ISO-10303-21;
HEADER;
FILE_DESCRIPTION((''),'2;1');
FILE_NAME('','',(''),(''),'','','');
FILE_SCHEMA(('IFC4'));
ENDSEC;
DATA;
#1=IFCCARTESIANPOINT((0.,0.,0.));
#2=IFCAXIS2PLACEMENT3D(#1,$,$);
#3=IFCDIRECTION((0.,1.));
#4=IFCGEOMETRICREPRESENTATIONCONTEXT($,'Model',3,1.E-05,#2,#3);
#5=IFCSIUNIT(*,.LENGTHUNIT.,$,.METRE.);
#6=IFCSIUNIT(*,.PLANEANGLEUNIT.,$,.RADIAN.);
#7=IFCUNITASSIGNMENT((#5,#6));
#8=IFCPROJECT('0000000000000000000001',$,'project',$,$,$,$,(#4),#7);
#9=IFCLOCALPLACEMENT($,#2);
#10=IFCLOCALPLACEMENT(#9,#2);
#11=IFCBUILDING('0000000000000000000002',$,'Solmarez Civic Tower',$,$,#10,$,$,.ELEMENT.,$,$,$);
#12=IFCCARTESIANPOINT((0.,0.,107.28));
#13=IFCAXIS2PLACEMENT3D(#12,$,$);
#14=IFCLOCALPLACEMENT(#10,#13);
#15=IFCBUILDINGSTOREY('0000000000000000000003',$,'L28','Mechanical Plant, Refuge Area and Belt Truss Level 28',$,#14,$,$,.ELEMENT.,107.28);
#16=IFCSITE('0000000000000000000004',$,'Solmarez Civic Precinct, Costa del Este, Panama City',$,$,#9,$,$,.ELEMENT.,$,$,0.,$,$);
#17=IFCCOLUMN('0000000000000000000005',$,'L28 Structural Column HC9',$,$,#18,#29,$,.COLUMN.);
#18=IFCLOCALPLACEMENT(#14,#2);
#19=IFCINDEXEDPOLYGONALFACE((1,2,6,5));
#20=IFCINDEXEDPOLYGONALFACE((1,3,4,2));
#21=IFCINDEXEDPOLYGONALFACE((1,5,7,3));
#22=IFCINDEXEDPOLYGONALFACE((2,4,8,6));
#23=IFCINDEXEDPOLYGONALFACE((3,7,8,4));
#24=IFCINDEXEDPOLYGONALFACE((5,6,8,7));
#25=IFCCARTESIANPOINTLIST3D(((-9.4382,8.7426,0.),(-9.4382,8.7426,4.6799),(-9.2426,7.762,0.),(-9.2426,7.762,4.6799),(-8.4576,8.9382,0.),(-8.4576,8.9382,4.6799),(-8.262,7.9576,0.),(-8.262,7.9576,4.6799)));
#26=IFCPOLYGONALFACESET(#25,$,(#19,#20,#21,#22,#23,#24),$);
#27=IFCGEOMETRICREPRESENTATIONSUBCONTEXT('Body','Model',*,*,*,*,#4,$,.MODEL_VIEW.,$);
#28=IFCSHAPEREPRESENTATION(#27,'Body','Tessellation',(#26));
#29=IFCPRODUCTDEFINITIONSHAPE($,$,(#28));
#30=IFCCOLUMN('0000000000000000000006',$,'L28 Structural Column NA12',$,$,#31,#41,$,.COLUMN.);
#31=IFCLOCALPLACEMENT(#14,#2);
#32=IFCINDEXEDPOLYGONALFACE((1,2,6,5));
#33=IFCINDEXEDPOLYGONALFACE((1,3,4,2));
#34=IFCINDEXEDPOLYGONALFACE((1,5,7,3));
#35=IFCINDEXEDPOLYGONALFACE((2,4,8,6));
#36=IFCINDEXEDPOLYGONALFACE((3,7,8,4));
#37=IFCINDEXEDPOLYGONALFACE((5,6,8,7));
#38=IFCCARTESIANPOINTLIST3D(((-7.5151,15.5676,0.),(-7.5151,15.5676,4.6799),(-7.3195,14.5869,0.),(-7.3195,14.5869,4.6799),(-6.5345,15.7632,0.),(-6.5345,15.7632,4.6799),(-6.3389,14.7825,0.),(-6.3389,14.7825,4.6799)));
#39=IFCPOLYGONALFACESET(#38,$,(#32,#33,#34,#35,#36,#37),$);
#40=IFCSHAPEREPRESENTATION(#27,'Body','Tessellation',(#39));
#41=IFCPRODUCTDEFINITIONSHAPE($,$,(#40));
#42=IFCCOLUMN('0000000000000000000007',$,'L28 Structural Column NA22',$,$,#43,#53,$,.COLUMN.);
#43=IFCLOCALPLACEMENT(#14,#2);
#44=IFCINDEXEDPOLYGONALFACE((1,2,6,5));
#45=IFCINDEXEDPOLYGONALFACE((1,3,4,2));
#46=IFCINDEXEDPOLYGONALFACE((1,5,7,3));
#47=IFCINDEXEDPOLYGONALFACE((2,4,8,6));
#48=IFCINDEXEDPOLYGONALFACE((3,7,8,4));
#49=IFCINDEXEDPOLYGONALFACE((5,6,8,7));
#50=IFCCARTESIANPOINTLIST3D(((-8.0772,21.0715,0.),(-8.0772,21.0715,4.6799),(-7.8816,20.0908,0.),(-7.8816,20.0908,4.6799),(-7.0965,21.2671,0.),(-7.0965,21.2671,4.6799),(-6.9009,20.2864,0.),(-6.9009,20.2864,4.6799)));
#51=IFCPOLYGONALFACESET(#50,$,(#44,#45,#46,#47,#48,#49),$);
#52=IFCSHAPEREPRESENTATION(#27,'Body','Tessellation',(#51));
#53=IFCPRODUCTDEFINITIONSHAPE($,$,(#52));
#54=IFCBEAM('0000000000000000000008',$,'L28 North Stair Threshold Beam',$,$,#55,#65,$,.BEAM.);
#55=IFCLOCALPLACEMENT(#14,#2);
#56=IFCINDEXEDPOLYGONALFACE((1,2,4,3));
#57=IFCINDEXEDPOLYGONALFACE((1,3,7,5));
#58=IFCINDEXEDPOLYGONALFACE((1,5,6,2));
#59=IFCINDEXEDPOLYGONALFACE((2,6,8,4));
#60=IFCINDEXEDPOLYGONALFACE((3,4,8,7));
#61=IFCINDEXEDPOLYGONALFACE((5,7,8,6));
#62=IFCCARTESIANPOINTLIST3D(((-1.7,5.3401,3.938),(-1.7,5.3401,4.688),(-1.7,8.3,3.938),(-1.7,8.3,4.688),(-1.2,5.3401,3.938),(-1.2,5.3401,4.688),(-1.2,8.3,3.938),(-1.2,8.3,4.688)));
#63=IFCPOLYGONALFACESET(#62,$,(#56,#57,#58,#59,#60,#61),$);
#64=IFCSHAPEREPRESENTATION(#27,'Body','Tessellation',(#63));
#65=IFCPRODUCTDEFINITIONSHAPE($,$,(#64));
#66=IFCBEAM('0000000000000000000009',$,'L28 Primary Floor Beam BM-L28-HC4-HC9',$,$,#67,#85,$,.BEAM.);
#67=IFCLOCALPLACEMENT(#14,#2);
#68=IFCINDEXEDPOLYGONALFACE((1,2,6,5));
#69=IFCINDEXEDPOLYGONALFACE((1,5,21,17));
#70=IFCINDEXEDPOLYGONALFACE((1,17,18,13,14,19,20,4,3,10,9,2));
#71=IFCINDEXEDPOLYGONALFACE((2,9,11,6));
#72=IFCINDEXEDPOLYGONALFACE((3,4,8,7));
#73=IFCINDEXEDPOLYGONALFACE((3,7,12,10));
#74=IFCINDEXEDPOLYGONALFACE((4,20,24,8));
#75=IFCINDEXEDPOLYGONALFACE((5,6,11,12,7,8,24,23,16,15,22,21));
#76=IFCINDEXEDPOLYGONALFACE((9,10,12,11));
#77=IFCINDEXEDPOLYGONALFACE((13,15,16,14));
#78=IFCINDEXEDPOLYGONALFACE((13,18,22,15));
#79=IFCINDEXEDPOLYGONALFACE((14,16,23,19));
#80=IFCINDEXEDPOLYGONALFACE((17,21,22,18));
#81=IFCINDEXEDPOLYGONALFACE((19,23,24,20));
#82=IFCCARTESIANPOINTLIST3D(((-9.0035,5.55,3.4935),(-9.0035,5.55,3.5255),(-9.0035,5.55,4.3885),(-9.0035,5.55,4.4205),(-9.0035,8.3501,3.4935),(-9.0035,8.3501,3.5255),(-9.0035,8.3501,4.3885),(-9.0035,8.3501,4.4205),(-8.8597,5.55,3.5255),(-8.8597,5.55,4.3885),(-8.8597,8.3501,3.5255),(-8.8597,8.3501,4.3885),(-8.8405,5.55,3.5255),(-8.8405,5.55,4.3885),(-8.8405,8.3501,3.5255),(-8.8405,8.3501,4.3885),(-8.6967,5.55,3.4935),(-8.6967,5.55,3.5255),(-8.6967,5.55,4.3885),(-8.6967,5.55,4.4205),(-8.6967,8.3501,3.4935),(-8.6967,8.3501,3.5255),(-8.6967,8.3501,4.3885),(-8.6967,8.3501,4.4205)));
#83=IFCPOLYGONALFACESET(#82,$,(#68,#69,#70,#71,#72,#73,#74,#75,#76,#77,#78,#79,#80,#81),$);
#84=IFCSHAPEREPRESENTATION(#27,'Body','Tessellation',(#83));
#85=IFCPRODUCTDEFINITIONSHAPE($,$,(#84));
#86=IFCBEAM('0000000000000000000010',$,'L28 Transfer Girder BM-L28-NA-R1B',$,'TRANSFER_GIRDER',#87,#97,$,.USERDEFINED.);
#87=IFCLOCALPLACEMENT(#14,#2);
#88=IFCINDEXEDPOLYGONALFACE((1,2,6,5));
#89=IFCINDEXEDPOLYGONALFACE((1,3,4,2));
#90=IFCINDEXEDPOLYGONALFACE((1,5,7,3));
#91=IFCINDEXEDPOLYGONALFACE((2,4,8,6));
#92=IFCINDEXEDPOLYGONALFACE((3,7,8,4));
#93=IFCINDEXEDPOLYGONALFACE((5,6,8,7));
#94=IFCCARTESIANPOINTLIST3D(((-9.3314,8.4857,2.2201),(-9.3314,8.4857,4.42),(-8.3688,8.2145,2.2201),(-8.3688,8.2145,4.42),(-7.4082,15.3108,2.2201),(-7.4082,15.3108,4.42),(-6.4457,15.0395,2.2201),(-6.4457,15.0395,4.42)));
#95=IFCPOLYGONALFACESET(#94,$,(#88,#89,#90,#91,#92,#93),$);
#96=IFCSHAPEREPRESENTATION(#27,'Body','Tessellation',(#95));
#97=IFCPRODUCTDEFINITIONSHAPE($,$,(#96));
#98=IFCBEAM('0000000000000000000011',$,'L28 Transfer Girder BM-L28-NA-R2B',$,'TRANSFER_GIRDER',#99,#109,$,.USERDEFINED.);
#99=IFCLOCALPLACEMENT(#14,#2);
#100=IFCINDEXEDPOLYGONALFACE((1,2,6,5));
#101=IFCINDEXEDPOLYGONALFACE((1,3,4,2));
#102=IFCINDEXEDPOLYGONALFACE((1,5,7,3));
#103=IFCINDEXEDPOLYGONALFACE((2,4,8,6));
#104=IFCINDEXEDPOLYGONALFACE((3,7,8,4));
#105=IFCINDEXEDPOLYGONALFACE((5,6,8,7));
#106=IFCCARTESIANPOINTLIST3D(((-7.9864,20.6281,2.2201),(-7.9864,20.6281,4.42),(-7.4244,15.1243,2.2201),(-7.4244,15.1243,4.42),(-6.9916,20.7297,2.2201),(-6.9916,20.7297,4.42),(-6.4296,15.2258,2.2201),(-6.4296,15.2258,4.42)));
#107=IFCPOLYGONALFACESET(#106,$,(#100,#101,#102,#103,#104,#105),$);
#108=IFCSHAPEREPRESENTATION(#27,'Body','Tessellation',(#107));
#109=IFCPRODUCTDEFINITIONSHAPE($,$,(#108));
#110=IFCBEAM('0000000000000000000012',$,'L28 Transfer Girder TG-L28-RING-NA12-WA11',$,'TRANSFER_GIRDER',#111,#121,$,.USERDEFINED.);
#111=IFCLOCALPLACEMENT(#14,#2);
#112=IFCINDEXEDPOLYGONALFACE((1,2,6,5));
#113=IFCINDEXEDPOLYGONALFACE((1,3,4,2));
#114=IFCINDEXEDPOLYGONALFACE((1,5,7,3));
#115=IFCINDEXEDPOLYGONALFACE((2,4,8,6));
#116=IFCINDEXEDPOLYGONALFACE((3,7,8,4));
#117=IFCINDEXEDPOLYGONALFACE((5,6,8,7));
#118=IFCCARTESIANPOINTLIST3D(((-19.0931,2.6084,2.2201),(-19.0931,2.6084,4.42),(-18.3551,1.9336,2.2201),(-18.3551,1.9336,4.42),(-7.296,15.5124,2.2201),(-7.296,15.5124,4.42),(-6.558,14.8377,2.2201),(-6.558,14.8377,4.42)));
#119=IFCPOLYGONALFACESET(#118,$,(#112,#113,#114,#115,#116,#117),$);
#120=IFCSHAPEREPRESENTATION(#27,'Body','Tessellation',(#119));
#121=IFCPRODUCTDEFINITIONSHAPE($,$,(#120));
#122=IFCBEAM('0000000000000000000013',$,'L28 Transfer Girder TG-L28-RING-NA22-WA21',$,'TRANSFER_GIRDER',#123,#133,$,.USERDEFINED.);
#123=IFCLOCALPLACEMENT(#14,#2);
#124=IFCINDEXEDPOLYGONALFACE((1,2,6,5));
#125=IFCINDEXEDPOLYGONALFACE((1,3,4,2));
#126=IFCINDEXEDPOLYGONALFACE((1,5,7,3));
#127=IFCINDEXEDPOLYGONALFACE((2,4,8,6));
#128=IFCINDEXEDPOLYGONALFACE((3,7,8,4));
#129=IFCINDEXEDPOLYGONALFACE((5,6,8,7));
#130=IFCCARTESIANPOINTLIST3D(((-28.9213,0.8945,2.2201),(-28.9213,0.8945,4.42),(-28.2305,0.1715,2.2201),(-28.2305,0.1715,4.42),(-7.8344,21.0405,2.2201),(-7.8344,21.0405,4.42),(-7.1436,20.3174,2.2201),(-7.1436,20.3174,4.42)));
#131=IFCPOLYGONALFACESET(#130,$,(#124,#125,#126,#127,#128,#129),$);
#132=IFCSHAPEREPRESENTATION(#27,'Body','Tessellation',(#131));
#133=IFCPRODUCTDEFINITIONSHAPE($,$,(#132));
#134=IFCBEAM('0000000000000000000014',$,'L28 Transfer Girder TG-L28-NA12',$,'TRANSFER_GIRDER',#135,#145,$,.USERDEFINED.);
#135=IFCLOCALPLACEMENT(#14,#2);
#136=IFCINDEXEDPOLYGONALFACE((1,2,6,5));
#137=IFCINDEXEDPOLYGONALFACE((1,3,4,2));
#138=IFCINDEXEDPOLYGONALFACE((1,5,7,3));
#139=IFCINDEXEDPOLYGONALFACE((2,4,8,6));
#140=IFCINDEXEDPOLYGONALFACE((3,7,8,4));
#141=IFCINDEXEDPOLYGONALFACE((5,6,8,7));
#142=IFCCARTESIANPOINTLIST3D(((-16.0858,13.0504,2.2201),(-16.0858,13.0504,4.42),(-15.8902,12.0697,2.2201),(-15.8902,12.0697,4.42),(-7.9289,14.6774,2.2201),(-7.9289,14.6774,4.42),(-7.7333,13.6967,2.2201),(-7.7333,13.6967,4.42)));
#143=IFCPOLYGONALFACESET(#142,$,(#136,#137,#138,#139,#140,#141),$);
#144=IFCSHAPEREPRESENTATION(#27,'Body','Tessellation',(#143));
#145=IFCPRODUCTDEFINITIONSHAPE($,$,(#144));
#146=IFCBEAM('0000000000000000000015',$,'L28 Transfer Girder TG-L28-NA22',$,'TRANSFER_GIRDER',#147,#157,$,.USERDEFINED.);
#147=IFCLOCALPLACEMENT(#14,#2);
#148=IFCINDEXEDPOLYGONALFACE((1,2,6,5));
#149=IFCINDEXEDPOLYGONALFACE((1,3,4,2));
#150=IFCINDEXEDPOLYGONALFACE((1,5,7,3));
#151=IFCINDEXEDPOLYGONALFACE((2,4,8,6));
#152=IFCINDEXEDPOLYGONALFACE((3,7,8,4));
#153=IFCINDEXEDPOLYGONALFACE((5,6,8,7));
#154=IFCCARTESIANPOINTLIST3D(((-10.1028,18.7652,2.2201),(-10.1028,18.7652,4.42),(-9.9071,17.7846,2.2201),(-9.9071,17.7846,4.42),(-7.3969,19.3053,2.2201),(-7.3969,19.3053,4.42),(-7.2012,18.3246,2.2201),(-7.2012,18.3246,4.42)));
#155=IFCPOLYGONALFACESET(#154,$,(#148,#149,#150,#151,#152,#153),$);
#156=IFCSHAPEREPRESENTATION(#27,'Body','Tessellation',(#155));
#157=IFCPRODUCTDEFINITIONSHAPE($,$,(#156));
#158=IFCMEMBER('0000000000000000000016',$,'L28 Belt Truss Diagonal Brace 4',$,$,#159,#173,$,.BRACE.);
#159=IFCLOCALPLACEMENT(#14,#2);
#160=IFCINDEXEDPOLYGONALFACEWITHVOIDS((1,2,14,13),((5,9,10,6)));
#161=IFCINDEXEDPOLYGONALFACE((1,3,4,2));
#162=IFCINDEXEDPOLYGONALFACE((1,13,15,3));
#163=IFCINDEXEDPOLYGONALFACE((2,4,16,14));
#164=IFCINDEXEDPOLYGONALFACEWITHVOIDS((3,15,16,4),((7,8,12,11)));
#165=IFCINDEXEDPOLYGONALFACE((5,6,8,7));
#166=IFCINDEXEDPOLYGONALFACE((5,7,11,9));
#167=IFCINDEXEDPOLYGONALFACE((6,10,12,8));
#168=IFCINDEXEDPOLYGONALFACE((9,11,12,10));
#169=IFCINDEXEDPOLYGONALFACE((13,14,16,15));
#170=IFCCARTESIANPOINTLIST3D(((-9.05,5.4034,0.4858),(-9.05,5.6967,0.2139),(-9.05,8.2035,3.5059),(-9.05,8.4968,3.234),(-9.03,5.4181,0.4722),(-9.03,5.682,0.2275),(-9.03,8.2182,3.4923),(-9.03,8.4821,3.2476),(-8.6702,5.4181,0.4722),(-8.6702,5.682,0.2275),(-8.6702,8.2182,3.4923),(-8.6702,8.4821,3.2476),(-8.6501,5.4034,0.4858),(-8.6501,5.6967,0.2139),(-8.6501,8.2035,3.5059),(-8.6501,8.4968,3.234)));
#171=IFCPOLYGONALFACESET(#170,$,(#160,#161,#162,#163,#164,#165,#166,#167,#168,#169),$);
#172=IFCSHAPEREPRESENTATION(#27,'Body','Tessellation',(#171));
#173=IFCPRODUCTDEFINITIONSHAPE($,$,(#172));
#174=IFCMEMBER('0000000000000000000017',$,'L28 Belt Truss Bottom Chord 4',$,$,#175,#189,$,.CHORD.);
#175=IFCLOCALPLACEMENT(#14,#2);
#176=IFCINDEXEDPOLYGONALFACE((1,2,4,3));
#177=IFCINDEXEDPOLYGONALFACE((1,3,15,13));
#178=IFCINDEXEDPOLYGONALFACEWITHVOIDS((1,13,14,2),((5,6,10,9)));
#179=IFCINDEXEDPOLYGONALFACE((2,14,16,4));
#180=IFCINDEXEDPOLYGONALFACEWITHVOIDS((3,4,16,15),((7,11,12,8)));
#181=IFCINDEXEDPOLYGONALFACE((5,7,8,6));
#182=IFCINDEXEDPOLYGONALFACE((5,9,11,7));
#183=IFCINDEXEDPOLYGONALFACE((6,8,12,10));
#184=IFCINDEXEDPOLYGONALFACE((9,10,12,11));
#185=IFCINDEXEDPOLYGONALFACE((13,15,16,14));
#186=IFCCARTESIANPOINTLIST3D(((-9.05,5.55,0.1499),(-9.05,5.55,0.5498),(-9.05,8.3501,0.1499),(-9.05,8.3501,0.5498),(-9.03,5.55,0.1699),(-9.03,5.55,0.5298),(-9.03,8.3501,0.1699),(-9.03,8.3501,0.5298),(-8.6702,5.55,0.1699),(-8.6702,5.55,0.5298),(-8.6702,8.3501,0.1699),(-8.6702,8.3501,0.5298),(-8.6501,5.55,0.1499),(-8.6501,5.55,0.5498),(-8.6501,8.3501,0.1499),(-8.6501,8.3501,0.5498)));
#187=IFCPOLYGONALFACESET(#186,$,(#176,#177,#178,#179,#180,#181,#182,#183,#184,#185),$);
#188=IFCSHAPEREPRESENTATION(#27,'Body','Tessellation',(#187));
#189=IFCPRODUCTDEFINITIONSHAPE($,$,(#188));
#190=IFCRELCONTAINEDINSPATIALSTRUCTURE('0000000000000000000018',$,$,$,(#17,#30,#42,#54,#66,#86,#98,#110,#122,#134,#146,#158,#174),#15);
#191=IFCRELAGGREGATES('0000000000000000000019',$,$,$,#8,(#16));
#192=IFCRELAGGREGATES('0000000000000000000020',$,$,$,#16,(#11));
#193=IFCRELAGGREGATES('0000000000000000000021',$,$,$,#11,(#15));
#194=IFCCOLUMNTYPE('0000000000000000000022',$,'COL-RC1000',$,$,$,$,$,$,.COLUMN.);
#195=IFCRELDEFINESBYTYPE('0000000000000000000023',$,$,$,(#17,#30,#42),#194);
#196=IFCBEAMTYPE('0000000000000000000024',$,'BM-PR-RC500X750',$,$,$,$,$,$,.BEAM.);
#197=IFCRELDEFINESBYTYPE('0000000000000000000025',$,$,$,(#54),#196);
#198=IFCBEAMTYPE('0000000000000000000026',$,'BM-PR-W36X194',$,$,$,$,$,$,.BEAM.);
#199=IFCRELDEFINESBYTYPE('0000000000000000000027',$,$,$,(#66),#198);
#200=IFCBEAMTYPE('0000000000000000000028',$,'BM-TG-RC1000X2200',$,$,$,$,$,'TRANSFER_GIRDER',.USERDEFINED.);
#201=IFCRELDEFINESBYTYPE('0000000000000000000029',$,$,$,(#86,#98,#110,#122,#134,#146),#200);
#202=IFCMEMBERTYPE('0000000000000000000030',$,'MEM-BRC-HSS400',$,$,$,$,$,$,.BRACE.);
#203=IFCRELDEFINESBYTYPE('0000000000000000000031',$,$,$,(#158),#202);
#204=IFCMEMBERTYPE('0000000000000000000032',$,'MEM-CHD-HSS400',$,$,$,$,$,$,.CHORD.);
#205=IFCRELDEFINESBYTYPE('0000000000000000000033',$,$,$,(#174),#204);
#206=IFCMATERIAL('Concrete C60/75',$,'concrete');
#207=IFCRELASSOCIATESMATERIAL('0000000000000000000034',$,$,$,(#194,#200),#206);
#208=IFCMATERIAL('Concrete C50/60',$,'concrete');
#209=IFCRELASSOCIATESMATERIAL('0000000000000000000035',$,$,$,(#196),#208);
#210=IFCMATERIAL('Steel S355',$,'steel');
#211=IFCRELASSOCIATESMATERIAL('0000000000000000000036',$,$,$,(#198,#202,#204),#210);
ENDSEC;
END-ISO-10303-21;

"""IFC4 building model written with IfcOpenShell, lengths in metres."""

from ifc_helpers import new_model, si_unit, direction, frame, origin, origin_2d, place, context, subcontext, project, spatial, rectangle, hollow_rectangle, i_section, extrude, material, material_profile, profile_set, type_object, element, save


model = new_model("IFC4")

# Units and contexts
model_context = context("Model", 3, precision=1e-05, world=origin(), true_north=direction((0.0, 1.0)))
body_context = subcontext(model_context, "Body", "Model", "MODEL_VIEW")
ifc_project = project(units=[si_unit("LENGTHUNIT", "METRE"), si_unit("PLANEANGLEUNIT", "RADIAN")], contexts=[model_context])

# Site, building, storey
site_placement = place(None, origin())
site = spatial("IfcSite", under=ifc_project, at=site_placement, Name="Solmarez Civic Precinct, Costa del Este, Panama City", CompositionType="ELEMENT", RefElevation=0.0)
building_placement = place(site_placement, origin())
building = spatial("IfcBuilding", under=site, at=building_placement, Name="Solmarez Civic Tower", CompositionType="ELEMENT")
storey_placement = place(building_placement, frame((0.0, 0.0, 107.28)))
storey = spatial("IfcBuildingStorey", under=building, at=storey_placement, Name="L28", Description="Mechanical Plant, Refuge Area and Belt Truss Level 28", CompositionType="ELEMENT", Elevation=107.28)

# Columns
ifc_material_1 = material(Name="Concrete C60/75", Category="concrete")
ifc_material_profile_1 = material_profile(ifc_material_1, rectangle(XDim=1.0, YDim=1.0, at=origin_2d()), Name="RC1000X1000")
ifc_profile_set_1 = profile_set([ifc_material_profile_1], Name="Concrete C60/75")
column_type = type_object("IfcColumnType", Name="COL-RC1000", PredefinedType="COLUMN", material=ifc_profile_set_1)
for number, where, z_axis, x_axis, name in (
    (1, (-8.8501, 8.3501, 0.0), (0.0, 0.0, 1.0), (0.980683, 0.195604, 0.0), "L28 Structural Column HC9"),
    (2, (-6.927, 15.175, 0.0), (0.0, 0.0, 1.0), (0.980683, 0.195604, 0.0), "L28 Structural Column NA12"),
    (3, (-7.489, 20.679, 0.0), (0.0, 0.0, 1.0), (0.980683, 0.195604, 0.0), "L28 Structural Column NA22"),
):
    element("IfcColumn", number, at=place(storey_placement, frame(where, z_axis=z_axis, x_axis=x_axis)), inside=storey, type_object=column_type, Name=name, PredefinedType="COLUMN", context=body_context, shape_type="SweptSolid", body=[
        extrude(rectangle(XDim=1.0, YDim=1.0, at=origin_2d()), origin(), (0.0, 0.0, 1.0), 4.6799),
    ])

# Beams
ifc_material_2 = material(Name="Concrete C50/60", Category="concrete")
ifc_material_profile_2 = material_profile(ifc_material_2, rectangle(XDim=0.5, YDim=0.75, at=origin_2d()), Name="RC500X750")
ifc_profile_set_2 = profile_set([ifc_material_profile_2], Name="Concrete C50/60")
beam_type_1 = type_object("IfcBeamType", Name="BM-PR-RC500X750", PredefinedType="BEAM", material=ifc_profile_set_2)
beam_1_placement = place(storey_placement, frame((-1.45, 5.3401, 4.313), z_axis=(0.0, 1.0, 0.0), x_axis=(-1.0, 0.0, 0.0)))
element("IfcBeam", 4, at=beam_1_placement, inside=storey, type_object=beam_type_1, Name="L28 North Stair Threshold Beam", PredefinedType="BEAM", context=body_context, shape_type="SweptSolid", body=[
    extrude(rectangle(XDim=0.5, YDim=0.75, at=origin_2d()), origin(), (0.0, 0.0, 1.0), 2.96),
])
ifc_material_3 = material(Name="Steel S355", Category="steel")
ifc_material_profile_3 = material_profile(ifc_material_3, i_section(OverallWidth=0.3069, OverallDepth=0.927, WebThickness=0.0193, FlangeThickness=0.032, at=origin_2d()), Name="W36X194")
ifc_profile_set_3 = profile_set([ifc_material_profile_3], Name="Steel S355")
beam_type_2 = type_object("IfcBeamType", Name="BM-PR-W36X194", PredefinedType="BEAM", material=ifc_profile_set_3)
beam_2_placement = place(storey_placement, frame((-8.8501, 5.55, 3.957), z_axis=(0.0, 1.0, 0.0), x_axis=(-1.0, 0.0, 0.0)))
element("IfcBeam", 5, at=beam_2_placement, inside=storey, type_object=beam_type_2, Name="L28 Primary Floor Beam BM-L28-HC4-HC9", PredefinedType="BEAM", context=body_context, shape_type="SweptSolid", body=[
    extrude(i_section(OverallWidth=0.3069, OverallDepth=0.927, WebThickness=0.0193, FlangeThickness=0.032, at=origin_2d()), origin(), (0.0, 0.0, 1.0), 2.8),
])
ifc_material_profile_4 = material_profile(ifc_material_1, rectangle(XDim=1.0, YDim=2.2, at=origin_2d()), Name="RC1000X2200")
ifc_profile_set_4 = profile_set([ifc_material_profile_4], Name="Concrete C60/75")
beam_type_3 = type_object("IfcBeamType", Name="BM-TG-RC1000X2200", ElementType="TRANSFER_GIRDER", PredefinedType="USERDEFINED", material=ifc_profile_set_4)
beam_3_placement = place(storey_placement, frame((-8.8501, 8.3501, 3.3201), z_axis=(0.271213, 0.962519, 0.0), x_axis=(-0.962519, 0.271213, 0.0)))
element("IfcBeam", 6, at=beam_3_placement, inside=storey, type_object=beam_type_3, Name="L28 Transfer Girder BM-L28-NA-R1B", ObjectType="TRANSFER_GIRDER", PredefinedType="USERDEFINED", context=body_context, shape_type="SweptSolid", body=[
    extrude(rectangle(XDim=1.0, YDim=2.2, at=origin_2d()), origin(), (0.0, 0.0, 1.0), 7.0908),
])
beam_4_placement = place(storey_placement, frame((-6.927, 15.175, 3.3201), z_axis=(-0.101583, 0.994827, 0.0), x_axis=(-0.994827, -0.101583, 0.0)))
element("IfcBeam", 7, at=beam_4_placement, inside=storey, type_object=beam_type_3, Name="L28 Transfer Girder BM-L28-NA-R2B", ObjectType="TRANSFER_GIRDER", PredefinedType="USERDEFINED", context=body_context, shape_type="SweptSolid", body=[
    extrude(rectangle(XDim=1.0, YDim=2.2, at=origin_2d()), origin(), (0.0, 0.0, 1.0), 5.5325),
])
beam_5_placement = place(storey_placement, frame((-6.927, 15.175, 3.3201), z_axis=(-0.674742, -0.738054, 0.0), x_axis=(0.738054, -0.674742, 0.0)))
element("IfcBeam", 8, at=beam_5_placement, inside=storey, type_object=beam_type_3, Name="L28 Transfer Girder TG-L28-RING-NA12-WA11", ObjectType="TRANSFER_GIRDER", PredefinedType="USERDEFINED", context=body_context, shape_type="SweptSolid", body=[
    extrude(rectangle(XDim=1.0, YDim=2.2, at=origin_2d()), origin(), (0.0, 0.0, 1.0), 17.4839),
])
beam_6_placement = place(storey_placement, frame((-7.489, 20.679, 3.3201), z_axis=(-0.723054, -0.690791, 0.0), x_axis=(0.690791, -0.723054, 0.0)))
element("IfcBeam", 9, at=beam_6_placement, inside=storey, type_object=beam_type_3, Name="L28 Transfer Girder TG-L28-RING-NA22-WA21", ObjectType="TRANSFER_GIRDER", PredefinedType="USERDEFINED", context=body_context, shape_type="SweptSolid", body=[
    extrude(rectangle(XDim=1.0, YDim=2.2, at=origin_2d()), origin(), (0.0, 0.0, 1.0), 29.1636),
])
beam_7_placement = place(storey_placement, frame((-7.8311, 14.187, 3.3201), z_axis=(-0.980683, -0.195602, 0.0), x_axis=(0.195602, -0.980683, 0.0)))
element("IfcBeam", 10, at=beam_7_placement, inside=storey, type_object=beam_type_3, Name="L28 Transfer Girder TG-L28-NA12", ObjectType="TRANSFER_GIRDER", PredefinedType="USERDEFINED", context=body_context, shape_type="SweptSolid", body=[
    extrude(rectangle(XDim=1.0, YDim=2.2, at=origin_2d()), origin(), (0.0, 0.0, 1.0), 8.3176),
])
beam_8_placement = place(storey_placement, frame((-7.2991, 18.8149, 3.3201), z_axis=(-0.980659, -0.195725, 0.0), x_axis=(0.195725, -0.980659, 0.0)))
element("IfcBeam", 11, at=beam_8_placement, inside=storey, type_object=beam_type_3, Name="L28 Transfer Girder TG-L28-NA22", ObjectType="TRANSFER_GIRDER", PredefinedType="USERDEFINED", context=body_context, shape_type="SweptSolid", body=[
    extrude(rectangle(XDim=1.0, YDim=2.2, at=origin_2d()), origin(), (0.0, 0.0, 1.0), 2.7593),
])

# Members
ifc_material_profile_5 = material_profile(ifc_material_3, hollow_rectangle(XDim=0.3999, YDim=0.3999, WallThickness=0.02, at=origin_2d()), Name="HSS400X400X20")
ifc_profile_set_5 = profile_set([ifc_material_profile_5], Name="Steel S355")
member_type_1 = type_object("IfcMemberType", Name="MEM-BRC-HSS400", PredefinedType="BRACE", material=ifc_profile_set_5)
member_1_placement = place(storey_placement, frame((-8.8501, 5.55, 0.3499), z_axis=(0.0, 0.679896, 0.733308), x_axis=(-1.0, 0.0, 0.0)))
element("IfcMember", 12, at=member_1_placement, inside=storey, type_object=member_type_1, Name="L28 Belt Truss Diagonal Brace 4", PredefinedType="BRACE", context=body_context, shape_type="SweptSolid", body=[
    extrude(hollow_rectangle(XDim=0.3999, YDim=0.3999, WallThickness=0.02, at=origin_2d()), origin(), (0.0, 0.0, 1.0), 4.1184),
])
ifc_material_profile_6 = material_profile(ifc_material_3, hollow_rectangle(XDim=0.3999, YDim=0.3999, WallThickness=0.02, at=origin_2d()), Name="HSS400X400X20")
ifc_profile_set_6 = profile_set([ifc_material_profile_6], Name="Steel S355")
member_type_2 = type_object("IfcMemberType", Name="MEM-CHD-HSS400", PredefinedType="CHORD", material=ifc_profile_set_6)
member_2_placement = place(storey_placement, frame((-8.8501, 5.55, 0.3499), z_axis=(0.0, 1.0, 0.0), x_axis=(-1.0, 0.0, 0.0)))
element("IfcMember", 13, at=member_2_placement, inside=storey, type_object=member_type_2, Name="L28 Belt Truss Bottom Chord 4", PredefinedType="CHORD", context=body_context, shape_type="SweptSolid", body=[
    extrude(hollow_rectangle(XDim=0.3999, YDim=0.3999, WallThickness=0.02, at=origin_2d()), origin(), (0.0, 0.0, 1.0), 2.8),
])

save(model, "model.ifc")
